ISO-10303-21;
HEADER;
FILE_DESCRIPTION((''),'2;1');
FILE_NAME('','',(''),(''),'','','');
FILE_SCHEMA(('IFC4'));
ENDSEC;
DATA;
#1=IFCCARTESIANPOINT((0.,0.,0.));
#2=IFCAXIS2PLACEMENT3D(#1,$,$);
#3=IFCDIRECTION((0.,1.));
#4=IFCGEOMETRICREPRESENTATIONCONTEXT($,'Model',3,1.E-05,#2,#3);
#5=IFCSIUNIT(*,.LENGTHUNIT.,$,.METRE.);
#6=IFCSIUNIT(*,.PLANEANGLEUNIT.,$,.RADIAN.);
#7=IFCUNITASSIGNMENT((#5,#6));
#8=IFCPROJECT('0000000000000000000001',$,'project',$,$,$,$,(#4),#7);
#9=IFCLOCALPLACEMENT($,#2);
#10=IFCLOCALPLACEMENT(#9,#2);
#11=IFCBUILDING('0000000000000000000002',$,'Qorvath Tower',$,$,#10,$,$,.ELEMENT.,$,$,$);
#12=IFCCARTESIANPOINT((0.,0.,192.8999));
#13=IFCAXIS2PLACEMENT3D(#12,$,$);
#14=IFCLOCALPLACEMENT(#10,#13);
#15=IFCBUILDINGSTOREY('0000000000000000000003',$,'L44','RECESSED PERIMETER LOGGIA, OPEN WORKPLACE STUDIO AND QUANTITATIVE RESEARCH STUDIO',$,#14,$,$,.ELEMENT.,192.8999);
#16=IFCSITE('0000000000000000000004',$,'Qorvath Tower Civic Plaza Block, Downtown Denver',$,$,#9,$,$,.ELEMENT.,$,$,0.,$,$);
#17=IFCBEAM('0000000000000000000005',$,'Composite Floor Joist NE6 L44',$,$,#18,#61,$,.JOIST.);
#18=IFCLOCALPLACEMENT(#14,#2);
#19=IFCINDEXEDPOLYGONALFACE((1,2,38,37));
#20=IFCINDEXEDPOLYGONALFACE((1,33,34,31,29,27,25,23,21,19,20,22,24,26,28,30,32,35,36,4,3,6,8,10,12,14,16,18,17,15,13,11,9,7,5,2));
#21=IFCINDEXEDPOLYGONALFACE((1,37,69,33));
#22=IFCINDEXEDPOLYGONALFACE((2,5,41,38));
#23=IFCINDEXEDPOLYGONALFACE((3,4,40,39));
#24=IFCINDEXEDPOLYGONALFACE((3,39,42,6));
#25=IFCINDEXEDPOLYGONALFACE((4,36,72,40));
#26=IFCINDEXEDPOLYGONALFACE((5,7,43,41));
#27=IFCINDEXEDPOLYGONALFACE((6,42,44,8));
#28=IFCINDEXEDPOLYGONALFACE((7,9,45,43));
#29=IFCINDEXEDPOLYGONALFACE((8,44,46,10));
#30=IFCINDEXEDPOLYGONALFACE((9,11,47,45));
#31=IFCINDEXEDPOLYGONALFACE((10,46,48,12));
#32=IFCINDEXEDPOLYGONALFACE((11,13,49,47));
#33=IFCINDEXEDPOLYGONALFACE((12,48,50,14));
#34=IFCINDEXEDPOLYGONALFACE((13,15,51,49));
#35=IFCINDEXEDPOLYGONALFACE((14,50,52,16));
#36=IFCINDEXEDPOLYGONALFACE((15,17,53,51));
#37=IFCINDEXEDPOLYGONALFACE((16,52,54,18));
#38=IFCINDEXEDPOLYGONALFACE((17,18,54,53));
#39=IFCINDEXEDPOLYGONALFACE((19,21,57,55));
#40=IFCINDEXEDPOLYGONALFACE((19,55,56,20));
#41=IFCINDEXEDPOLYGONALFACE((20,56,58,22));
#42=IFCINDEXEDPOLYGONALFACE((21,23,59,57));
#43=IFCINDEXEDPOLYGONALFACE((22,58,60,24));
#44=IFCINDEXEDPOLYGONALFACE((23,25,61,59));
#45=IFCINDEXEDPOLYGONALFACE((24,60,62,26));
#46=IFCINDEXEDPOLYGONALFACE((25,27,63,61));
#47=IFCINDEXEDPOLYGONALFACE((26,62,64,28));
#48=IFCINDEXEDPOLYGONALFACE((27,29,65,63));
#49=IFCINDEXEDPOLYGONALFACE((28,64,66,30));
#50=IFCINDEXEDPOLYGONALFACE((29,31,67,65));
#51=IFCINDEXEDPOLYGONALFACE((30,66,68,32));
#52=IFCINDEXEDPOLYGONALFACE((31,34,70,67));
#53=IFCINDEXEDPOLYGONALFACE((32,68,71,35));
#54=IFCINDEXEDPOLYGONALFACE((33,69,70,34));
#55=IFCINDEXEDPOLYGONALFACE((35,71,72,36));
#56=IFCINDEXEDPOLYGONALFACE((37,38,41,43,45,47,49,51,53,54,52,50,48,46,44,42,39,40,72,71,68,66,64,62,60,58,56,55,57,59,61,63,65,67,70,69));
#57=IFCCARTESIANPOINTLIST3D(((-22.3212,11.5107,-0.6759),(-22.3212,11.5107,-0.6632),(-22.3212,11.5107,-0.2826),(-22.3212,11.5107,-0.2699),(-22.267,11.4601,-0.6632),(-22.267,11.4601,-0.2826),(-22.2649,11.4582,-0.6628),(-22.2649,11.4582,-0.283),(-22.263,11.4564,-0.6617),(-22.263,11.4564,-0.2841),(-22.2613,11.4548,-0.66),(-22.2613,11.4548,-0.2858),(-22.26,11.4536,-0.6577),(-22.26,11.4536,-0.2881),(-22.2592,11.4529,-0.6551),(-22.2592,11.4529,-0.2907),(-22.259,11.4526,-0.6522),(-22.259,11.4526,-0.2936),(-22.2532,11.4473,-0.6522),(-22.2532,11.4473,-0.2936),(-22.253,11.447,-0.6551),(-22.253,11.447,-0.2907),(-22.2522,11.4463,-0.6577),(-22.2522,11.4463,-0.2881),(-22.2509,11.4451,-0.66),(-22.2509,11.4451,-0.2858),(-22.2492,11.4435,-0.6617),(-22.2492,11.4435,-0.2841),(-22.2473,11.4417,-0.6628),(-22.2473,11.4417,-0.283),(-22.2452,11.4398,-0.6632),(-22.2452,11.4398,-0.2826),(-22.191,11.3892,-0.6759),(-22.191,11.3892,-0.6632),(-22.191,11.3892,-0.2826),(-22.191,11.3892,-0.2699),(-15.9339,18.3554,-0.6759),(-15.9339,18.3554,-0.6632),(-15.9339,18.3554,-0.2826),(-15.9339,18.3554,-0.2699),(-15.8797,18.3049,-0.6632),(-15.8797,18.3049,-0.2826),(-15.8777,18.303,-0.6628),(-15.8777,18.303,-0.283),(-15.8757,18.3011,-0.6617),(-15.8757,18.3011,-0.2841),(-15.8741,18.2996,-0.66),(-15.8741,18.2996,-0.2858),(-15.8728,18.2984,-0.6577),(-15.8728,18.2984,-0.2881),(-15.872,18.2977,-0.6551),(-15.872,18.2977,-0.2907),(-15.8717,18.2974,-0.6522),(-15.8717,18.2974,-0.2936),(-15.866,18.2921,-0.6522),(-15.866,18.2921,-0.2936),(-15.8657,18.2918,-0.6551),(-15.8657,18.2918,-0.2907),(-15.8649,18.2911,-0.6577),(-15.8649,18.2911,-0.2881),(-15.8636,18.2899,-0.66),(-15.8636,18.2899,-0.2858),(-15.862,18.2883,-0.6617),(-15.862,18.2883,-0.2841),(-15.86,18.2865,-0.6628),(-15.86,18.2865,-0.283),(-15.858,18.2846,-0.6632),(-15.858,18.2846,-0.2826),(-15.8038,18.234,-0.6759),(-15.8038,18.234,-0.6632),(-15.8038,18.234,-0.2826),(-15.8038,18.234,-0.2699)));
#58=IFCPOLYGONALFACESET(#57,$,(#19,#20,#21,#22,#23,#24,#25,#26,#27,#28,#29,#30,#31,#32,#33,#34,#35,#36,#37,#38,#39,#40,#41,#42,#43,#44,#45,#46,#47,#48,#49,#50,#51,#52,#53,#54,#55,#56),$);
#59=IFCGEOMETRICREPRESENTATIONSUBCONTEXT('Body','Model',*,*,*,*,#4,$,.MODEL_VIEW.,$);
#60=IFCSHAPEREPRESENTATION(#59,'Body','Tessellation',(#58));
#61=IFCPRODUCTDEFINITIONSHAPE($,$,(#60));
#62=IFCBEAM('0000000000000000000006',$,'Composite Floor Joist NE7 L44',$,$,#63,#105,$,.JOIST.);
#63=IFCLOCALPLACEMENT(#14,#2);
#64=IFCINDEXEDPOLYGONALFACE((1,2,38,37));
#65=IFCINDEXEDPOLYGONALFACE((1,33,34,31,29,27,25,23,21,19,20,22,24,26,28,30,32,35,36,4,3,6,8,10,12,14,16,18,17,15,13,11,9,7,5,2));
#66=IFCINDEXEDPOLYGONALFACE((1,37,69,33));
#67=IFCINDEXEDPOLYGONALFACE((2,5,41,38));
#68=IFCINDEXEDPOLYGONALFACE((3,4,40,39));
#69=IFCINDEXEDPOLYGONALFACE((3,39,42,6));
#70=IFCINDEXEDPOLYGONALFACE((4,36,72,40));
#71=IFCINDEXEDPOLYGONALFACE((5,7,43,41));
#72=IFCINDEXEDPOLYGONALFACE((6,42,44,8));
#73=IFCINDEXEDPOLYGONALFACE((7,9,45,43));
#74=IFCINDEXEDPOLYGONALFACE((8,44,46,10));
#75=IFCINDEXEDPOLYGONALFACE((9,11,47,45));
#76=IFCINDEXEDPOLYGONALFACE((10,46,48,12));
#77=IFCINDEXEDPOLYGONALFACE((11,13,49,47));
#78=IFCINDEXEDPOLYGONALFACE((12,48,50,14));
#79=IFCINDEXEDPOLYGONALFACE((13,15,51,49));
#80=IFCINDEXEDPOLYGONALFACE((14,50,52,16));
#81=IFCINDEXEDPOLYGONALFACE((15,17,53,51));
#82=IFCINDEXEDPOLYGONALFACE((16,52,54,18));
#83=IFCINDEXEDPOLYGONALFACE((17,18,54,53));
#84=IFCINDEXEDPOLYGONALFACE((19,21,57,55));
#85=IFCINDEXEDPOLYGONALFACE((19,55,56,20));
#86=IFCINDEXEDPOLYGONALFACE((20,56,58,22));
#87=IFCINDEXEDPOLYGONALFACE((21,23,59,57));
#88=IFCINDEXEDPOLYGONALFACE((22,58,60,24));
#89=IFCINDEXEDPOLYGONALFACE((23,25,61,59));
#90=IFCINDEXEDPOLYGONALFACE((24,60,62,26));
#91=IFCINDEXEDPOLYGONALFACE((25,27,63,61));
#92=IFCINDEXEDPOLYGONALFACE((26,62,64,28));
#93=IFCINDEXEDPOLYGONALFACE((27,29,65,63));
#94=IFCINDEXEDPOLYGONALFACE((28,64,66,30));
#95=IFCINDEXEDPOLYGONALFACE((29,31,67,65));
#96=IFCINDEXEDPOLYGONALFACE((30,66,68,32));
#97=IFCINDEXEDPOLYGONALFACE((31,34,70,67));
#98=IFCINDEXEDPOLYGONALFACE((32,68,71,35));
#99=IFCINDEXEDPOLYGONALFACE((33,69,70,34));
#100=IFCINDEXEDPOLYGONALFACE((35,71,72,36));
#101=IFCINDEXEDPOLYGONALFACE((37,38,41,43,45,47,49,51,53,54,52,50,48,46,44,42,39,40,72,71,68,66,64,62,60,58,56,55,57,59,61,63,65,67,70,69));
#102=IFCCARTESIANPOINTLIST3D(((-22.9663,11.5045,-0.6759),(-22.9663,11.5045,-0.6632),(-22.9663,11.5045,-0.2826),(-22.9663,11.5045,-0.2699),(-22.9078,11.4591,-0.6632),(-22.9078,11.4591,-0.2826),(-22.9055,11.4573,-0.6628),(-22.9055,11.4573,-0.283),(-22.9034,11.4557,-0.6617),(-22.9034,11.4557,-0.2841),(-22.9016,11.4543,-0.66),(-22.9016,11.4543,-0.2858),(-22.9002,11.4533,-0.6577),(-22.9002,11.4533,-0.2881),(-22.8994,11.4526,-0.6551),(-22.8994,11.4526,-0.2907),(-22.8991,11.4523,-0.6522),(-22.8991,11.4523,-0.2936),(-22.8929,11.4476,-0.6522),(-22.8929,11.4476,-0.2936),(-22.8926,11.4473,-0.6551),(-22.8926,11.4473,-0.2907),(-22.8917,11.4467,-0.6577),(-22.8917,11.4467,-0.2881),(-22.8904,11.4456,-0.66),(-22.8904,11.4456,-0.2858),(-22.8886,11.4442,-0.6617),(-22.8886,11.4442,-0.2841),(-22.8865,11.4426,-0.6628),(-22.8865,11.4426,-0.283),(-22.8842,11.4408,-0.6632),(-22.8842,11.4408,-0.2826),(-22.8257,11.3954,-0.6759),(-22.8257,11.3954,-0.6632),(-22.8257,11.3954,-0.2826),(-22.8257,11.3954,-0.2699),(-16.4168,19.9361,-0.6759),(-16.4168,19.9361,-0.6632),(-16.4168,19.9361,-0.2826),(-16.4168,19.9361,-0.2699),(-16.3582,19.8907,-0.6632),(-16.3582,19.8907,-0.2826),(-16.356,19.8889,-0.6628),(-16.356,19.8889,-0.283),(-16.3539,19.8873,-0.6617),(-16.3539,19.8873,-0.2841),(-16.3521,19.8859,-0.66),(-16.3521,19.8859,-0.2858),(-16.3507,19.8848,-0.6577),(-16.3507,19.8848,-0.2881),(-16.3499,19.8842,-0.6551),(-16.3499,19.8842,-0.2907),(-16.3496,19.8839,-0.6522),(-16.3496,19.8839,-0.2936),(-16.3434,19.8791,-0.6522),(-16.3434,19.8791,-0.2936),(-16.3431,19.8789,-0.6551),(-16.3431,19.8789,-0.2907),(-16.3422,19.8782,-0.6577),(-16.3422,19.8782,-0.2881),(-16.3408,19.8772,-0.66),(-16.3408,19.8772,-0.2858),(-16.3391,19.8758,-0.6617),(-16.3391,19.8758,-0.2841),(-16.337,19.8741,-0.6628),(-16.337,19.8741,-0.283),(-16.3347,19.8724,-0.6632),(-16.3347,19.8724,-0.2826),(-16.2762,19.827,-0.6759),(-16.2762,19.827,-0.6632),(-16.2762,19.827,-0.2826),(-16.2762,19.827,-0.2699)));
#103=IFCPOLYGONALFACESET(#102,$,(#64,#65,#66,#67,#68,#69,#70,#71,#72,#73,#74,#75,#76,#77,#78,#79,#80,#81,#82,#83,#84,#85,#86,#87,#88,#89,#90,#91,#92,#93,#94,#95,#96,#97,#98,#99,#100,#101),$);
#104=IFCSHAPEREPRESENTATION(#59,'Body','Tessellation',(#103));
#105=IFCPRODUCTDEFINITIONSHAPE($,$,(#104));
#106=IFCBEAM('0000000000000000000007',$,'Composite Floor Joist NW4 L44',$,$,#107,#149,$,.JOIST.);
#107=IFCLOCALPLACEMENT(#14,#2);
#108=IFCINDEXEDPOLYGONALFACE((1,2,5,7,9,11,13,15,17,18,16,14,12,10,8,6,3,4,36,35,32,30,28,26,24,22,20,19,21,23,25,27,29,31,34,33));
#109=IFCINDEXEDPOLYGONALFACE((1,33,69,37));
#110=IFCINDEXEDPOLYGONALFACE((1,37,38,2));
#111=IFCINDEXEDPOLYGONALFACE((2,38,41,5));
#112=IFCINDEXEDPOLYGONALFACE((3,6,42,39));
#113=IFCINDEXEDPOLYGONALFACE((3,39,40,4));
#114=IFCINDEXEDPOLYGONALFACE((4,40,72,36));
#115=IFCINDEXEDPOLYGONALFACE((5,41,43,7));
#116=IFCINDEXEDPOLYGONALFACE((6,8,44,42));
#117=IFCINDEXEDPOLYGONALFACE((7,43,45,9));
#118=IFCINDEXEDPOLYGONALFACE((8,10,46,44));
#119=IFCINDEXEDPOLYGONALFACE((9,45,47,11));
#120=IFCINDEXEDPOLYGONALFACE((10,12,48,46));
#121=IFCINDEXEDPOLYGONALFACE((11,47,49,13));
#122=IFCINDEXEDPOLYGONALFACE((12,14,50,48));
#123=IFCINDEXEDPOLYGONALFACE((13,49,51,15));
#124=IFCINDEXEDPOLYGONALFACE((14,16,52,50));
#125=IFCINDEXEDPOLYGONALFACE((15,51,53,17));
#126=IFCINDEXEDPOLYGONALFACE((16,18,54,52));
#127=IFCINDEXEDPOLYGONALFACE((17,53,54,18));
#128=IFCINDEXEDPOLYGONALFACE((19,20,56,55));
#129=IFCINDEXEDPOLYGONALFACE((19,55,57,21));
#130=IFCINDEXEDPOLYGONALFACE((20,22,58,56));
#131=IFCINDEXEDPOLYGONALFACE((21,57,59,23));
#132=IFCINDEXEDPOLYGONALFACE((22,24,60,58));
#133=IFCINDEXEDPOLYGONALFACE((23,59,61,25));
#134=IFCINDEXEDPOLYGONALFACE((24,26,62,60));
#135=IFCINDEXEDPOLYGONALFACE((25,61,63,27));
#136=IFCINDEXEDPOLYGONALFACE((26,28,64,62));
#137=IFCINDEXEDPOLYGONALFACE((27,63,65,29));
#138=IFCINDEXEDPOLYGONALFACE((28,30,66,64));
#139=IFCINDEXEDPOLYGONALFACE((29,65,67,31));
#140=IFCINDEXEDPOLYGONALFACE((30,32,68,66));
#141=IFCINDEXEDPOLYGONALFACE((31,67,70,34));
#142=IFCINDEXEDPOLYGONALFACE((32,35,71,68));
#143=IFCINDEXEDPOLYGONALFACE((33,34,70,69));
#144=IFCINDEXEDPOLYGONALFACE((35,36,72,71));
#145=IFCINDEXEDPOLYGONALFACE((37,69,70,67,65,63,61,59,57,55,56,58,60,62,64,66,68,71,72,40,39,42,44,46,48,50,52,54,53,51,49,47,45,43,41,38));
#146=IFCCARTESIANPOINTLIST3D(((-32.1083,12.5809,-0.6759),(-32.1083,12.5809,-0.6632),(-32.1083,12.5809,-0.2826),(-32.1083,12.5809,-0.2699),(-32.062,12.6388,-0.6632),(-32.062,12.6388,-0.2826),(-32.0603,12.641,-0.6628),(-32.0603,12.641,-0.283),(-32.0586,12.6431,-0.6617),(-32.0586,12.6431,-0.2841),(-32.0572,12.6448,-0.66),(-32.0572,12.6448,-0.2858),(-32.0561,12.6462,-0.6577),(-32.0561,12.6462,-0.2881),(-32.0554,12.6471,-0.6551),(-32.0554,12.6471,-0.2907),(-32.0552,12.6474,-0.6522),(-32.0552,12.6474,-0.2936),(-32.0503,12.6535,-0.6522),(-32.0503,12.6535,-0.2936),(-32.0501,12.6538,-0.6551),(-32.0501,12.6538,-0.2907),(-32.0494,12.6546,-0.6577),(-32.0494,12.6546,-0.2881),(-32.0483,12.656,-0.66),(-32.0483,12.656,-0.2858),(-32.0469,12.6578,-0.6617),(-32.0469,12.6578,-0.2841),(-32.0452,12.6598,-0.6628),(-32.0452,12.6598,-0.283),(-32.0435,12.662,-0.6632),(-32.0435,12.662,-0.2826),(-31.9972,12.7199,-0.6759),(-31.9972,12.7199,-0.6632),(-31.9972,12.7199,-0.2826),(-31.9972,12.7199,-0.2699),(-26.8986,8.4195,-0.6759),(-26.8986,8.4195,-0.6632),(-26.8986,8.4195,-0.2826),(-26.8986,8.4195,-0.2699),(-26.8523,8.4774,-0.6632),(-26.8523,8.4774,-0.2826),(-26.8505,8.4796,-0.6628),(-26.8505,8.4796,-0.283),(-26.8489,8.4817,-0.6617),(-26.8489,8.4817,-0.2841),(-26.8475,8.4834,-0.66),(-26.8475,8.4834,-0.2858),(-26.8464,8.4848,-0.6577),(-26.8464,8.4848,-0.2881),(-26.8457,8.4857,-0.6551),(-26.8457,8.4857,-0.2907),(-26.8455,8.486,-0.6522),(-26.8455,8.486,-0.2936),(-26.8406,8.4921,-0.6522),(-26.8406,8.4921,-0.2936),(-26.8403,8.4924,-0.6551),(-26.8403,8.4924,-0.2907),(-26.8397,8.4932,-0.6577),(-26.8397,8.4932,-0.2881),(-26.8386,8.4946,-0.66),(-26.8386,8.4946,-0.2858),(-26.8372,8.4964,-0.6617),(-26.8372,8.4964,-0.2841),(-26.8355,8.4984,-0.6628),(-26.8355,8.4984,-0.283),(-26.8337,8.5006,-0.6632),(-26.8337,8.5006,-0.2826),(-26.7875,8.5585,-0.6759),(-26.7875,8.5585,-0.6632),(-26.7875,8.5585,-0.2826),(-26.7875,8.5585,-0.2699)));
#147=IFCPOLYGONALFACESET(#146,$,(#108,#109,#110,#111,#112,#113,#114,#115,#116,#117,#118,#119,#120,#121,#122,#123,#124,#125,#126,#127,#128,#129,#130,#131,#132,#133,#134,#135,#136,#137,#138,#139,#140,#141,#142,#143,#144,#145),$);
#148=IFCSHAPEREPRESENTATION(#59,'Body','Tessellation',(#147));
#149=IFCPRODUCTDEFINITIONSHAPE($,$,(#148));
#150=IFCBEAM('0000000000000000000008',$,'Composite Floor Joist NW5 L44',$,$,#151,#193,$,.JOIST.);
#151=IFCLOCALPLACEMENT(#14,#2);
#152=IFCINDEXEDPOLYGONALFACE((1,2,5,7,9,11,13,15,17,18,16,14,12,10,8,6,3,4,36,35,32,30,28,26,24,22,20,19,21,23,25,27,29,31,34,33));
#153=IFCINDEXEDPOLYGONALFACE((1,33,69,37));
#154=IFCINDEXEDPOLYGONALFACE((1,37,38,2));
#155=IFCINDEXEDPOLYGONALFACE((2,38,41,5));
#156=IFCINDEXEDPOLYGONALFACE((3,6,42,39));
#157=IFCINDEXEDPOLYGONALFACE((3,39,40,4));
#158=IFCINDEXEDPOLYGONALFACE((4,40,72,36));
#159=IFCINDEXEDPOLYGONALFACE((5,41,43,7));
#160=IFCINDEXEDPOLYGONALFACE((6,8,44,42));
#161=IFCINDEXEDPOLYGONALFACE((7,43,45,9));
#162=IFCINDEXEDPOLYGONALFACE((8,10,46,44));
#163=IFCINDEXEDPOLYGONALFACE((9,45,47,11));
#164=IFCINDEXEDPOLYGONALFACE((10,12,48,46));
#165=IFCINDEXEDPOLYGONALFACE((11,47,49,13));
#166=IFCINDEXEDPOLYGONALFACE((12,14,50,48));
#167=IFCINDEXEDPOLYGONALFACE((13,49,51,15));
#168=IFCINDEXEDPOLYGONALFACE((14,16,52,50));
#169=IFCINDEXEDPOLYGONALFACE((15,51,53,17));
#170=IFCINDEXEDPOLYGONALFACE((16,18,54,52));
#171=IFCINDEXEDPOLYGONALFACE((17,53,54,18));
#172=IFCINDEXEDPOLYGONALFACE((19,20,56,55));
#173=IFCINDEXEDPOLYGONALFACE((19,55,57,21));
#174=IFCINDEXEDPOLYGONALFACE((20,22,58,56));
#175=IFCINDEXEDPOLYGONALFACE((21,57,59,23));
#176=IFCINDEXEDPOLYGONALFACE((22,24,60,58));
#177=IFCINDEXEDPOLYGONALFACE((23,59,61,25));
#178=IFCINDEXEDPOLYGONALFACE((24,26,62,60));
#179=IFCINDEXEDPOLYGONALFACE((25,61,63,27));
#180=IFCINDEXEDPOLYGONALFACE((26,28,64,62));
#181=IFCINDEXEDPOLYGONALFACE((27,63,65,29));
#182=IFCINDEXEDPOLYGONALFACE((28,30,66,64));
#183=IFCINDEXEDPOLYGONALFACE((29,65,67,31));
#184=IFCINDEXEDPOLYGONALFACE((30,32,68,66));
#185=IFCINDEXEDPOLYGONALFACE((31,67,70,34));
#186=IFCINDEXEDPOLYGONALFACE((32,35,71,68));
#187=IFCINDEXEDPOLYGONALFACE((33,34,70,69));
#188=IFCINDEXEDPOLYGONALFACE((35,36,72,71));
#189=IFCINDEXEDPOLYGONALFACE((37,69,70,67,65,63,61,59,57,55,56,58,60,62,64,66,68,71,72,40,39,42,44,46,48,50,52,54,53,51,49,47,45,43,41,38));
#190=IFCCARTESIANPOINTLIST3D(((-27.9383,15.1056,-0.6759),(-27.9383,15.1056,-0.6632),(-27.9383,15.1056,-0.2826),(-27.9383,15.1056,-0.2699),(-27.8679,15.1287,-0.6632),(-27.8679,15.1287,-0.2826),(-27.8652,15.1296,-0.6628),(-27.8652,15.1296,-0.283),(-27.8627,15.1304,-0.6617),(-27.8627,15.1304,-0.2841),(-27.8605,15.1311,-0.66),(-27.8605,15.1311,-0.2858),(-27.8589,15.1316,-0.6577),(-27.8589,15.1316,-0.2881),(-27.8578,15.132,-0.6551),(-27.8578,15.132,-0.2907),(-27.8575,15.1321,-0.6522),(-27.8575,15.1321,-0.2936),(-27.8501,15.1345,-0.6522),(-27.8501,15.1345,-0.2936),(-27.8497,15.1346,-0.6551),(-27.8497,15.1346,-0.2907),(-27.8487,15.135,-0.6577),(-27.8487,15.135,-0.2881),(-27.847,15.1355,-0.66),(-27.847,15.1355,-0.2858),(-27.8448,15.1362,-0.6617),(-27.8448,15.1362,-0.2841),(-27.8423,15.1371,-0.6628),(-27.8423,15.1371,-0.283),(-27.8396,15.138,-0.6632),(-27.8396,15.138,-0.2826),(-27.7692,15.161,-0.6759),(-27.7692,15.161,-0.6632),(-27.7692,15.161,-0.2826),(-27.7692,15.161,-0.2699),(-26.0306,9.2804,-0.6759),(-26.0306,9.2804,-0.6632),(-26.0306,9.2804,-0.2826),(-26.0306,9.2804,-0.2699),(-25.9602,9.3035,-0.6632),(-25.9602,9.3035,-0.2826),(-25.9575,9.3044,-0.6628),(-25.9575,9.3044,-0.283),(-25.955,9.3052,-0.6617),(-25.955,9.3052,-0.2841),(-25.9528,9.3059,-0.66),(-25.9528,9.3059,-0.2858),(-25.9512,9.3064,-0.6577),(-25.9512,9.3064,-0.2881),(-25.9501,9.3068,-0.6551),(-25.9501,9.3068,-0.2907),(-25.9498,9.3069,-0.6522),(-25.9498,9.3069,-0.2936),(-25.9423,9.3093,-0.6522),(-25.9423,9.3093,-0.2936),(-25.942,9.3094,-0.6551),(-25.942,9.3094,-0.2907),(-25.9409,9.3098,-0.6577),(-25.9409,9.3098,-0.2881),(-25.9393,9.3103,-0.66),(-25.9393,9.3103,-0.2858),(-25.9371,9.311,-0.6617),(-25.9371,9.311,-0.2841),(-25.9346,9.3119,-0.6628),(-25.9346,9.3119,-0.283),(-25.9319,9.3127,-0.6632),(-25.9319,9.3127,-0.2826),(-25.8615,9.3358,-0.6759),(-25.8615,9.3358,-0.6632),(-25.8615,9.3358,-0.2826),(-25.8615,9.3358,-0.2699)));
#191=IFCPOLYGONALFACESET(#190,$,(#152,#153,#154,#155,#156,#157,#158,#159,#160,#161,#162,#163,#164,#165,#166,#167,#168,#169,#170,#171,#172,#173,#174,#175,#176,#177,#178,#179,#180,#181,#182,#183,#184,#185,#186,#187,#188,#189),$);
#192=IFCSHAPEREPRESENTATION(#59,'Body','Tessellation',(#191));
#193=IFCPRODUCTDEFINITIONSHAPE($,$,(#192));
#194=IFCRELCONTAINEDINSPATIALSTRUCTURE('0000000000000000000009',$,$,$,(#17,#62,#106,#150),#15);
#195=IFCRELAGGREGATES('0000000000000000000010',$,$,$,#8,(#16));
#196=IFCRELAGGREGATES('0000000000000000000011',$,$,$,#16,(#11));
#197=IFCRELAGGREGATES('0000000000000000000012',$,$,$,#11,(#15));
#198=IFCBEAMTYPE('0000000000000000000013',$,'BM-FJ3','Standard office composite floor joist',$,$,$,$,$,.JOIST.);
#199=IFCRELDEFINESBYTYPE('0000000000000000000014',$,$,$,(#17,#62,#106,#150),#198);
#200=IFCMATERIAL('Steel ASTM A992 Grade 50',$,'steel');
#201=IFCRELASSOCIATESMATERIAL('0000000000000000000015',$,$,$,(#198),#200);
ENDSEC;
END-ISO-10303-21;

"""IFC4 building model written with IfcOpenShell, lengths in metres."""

from ifc_helpers import new_model, si_unit, direction, frame, origin, origin_2d, place, context, subcontext, project, spatial, i_section, extrude, material, material_profile, profile_set, type_object, element, save


model = new_model("IFC4")

# Units and contexts
model_context = context("Model", 3, precision=1e-05, world=origin(), true_north=direction((0.0, 1.0)))
body_context = subcontext(model_context, "Body", "Model", "MODEL_VIEW")
ifc_project = project(units=[si_unit("LENGTHUNIT", "METRE"), si_unit("PLANEANGLEUNIT", "RADIAN")], contexts=[model_context])

# Site, building, storey
site_placement = place(None, origin())
site = spatial("IfcSite", under=ifc_project, at=site_placement, Name="Qorvath Tower Civic Plaza Block, Downtown Denver", CompositionType="ELEMENT", RefElevation=0.0)
building_placement = place(site_placement, origin())
building = spatial("IfcBuilding", under=site, at=building_placement, Name="Qorvath Tower", CompositionType="ELEMENT")
storey_placement = place(building_placement, frame((0.0, 0.0, 192.8999)))
storey = spatial("IfcBuildingStorey", under=building, at=storey_placement, Name="L44", Description="RECESSED PERIMETER LOGGIA, OPEN WORKPLACE STUDIO AND QUANTITATIVE RESEARCH STUDIO", CompositionType="ELEMENT", Elevation=192.8999)

# Beams
ifc_material_1 = material(Name="Steel ASTM A992 Grade 50", Category="steel")
ifc_material_profile_1 = material_profile(ifc_material_1, i_section(OverallWidth=0.178, OverallDepth=0.406, WebThickness=0.0078, FlangeThickness=0.0127, FilletRadius=0.011, at=origin_2d()), Name="W16x40")
ifc_profile_set_1 = profile_set([ifc_material_profile_1], Name="Steel ASTM A992 Grade 50")
beam_type_1 = type_object("IfcBeamType", Name="BM-FJ3", Description="Standard office composite floor joist", PredefinedType="JOIST", material=ifc_profile_set_1)
beam_1_placement = place(storey_placement, frame((-22.2561, 11.45, -0.4729), z_axis=(0.682249, 0.731119, 0.0), x_axis=(-0.731119, 0.682249, 0.0)))
element("IfcBeam", 1, at=beam_1_placement, inside=storey, type_object=beam_type_1, Name="Composite Floor Joist NE6 L44", PredefinedType="JOIST", context=body_context, shape_type="SweptSolid", body=[
    extrude(i_section(OverallWidth=0.178, OverallDepth=0.406, WebThickness=0.0078, FlangeThickness=0.0127, FilletRadius=0.011, at=origin_2d()), origin(), (0.0, 0.0, 1.0), 9.3621),
])
beam_2_placement = place(storey_placement, frame((-22.896, 11.45, -0.4729), z_axis=(0.613451, 0.789733, 0.0), x_axis=(-0.789733, 0.613451, 0.0)))
element("IfcBeam", 2, at=beam_2_placement, inside=storey, type_object=beam_type_1, Name="Composite Floor Joist NE7 L44", PredefinedType="JOIST", context=body_context, shape_type="SweptSolid", body=[
    extrude(i_section(OverallWidth=0.178, OverallDepth=0.406, WebThickness=0.0078, FlangeThickness=0.0127, FilletRadius=0.011, at=origin_2d()), origin(), (0.0, 0.0, 1.0), 10.6765),
])
beam_3_placement = place(storey_placement, frame((-26.843, 8.489, -0.4729), z_axis=(-0.781337, 0.62411, 0.0), x_axis=(-0.62411, -0.781337, 0.0)))
element("IfcBeam", 3, at=beam_3_placement, inside=storey, type_object=beam_type_1, Name="Composite Floor Joist NW4 L44", PredefinedType="JOIST", context=body_context, shape_type="SweptSolid", body=[
    extrude(i_section(OverallWidth=0.178, OverallDepth=0.406, WebThickness=0.0078, FlangeThickness=0.0127, FilletRadius=0.011, at=origin_2d()), origin(), (0.0, 0.0, 1.0), 6.6677),
])
beam_4_placement = place(storey_placement, frame((-25.946, 9.3081, -0.4729), z_axis=(-0.311229, 0.950335, 0.0), x_axis=(-0.950335, -0.311229, 0.0)))
element("IfcBeam", 4, at=beam_4_placement, inside=storey, type_object=beam_type_1, Name="Composite Floor Joist NW5 L44", PredefinedType="JOIST", context=body_context, shape_type="SweptSolid", body=[
    extrude(i_section(OverallWidth=0.178, OverallDepth=0.406, WebThickness=0.0078, FlangeThickness=0.0127, FilletRadius=0.011, at=origin_2d()), origin(), (0.0, 0.0, 1.0), 6.1296),
])

save(model, "model.ifc")
